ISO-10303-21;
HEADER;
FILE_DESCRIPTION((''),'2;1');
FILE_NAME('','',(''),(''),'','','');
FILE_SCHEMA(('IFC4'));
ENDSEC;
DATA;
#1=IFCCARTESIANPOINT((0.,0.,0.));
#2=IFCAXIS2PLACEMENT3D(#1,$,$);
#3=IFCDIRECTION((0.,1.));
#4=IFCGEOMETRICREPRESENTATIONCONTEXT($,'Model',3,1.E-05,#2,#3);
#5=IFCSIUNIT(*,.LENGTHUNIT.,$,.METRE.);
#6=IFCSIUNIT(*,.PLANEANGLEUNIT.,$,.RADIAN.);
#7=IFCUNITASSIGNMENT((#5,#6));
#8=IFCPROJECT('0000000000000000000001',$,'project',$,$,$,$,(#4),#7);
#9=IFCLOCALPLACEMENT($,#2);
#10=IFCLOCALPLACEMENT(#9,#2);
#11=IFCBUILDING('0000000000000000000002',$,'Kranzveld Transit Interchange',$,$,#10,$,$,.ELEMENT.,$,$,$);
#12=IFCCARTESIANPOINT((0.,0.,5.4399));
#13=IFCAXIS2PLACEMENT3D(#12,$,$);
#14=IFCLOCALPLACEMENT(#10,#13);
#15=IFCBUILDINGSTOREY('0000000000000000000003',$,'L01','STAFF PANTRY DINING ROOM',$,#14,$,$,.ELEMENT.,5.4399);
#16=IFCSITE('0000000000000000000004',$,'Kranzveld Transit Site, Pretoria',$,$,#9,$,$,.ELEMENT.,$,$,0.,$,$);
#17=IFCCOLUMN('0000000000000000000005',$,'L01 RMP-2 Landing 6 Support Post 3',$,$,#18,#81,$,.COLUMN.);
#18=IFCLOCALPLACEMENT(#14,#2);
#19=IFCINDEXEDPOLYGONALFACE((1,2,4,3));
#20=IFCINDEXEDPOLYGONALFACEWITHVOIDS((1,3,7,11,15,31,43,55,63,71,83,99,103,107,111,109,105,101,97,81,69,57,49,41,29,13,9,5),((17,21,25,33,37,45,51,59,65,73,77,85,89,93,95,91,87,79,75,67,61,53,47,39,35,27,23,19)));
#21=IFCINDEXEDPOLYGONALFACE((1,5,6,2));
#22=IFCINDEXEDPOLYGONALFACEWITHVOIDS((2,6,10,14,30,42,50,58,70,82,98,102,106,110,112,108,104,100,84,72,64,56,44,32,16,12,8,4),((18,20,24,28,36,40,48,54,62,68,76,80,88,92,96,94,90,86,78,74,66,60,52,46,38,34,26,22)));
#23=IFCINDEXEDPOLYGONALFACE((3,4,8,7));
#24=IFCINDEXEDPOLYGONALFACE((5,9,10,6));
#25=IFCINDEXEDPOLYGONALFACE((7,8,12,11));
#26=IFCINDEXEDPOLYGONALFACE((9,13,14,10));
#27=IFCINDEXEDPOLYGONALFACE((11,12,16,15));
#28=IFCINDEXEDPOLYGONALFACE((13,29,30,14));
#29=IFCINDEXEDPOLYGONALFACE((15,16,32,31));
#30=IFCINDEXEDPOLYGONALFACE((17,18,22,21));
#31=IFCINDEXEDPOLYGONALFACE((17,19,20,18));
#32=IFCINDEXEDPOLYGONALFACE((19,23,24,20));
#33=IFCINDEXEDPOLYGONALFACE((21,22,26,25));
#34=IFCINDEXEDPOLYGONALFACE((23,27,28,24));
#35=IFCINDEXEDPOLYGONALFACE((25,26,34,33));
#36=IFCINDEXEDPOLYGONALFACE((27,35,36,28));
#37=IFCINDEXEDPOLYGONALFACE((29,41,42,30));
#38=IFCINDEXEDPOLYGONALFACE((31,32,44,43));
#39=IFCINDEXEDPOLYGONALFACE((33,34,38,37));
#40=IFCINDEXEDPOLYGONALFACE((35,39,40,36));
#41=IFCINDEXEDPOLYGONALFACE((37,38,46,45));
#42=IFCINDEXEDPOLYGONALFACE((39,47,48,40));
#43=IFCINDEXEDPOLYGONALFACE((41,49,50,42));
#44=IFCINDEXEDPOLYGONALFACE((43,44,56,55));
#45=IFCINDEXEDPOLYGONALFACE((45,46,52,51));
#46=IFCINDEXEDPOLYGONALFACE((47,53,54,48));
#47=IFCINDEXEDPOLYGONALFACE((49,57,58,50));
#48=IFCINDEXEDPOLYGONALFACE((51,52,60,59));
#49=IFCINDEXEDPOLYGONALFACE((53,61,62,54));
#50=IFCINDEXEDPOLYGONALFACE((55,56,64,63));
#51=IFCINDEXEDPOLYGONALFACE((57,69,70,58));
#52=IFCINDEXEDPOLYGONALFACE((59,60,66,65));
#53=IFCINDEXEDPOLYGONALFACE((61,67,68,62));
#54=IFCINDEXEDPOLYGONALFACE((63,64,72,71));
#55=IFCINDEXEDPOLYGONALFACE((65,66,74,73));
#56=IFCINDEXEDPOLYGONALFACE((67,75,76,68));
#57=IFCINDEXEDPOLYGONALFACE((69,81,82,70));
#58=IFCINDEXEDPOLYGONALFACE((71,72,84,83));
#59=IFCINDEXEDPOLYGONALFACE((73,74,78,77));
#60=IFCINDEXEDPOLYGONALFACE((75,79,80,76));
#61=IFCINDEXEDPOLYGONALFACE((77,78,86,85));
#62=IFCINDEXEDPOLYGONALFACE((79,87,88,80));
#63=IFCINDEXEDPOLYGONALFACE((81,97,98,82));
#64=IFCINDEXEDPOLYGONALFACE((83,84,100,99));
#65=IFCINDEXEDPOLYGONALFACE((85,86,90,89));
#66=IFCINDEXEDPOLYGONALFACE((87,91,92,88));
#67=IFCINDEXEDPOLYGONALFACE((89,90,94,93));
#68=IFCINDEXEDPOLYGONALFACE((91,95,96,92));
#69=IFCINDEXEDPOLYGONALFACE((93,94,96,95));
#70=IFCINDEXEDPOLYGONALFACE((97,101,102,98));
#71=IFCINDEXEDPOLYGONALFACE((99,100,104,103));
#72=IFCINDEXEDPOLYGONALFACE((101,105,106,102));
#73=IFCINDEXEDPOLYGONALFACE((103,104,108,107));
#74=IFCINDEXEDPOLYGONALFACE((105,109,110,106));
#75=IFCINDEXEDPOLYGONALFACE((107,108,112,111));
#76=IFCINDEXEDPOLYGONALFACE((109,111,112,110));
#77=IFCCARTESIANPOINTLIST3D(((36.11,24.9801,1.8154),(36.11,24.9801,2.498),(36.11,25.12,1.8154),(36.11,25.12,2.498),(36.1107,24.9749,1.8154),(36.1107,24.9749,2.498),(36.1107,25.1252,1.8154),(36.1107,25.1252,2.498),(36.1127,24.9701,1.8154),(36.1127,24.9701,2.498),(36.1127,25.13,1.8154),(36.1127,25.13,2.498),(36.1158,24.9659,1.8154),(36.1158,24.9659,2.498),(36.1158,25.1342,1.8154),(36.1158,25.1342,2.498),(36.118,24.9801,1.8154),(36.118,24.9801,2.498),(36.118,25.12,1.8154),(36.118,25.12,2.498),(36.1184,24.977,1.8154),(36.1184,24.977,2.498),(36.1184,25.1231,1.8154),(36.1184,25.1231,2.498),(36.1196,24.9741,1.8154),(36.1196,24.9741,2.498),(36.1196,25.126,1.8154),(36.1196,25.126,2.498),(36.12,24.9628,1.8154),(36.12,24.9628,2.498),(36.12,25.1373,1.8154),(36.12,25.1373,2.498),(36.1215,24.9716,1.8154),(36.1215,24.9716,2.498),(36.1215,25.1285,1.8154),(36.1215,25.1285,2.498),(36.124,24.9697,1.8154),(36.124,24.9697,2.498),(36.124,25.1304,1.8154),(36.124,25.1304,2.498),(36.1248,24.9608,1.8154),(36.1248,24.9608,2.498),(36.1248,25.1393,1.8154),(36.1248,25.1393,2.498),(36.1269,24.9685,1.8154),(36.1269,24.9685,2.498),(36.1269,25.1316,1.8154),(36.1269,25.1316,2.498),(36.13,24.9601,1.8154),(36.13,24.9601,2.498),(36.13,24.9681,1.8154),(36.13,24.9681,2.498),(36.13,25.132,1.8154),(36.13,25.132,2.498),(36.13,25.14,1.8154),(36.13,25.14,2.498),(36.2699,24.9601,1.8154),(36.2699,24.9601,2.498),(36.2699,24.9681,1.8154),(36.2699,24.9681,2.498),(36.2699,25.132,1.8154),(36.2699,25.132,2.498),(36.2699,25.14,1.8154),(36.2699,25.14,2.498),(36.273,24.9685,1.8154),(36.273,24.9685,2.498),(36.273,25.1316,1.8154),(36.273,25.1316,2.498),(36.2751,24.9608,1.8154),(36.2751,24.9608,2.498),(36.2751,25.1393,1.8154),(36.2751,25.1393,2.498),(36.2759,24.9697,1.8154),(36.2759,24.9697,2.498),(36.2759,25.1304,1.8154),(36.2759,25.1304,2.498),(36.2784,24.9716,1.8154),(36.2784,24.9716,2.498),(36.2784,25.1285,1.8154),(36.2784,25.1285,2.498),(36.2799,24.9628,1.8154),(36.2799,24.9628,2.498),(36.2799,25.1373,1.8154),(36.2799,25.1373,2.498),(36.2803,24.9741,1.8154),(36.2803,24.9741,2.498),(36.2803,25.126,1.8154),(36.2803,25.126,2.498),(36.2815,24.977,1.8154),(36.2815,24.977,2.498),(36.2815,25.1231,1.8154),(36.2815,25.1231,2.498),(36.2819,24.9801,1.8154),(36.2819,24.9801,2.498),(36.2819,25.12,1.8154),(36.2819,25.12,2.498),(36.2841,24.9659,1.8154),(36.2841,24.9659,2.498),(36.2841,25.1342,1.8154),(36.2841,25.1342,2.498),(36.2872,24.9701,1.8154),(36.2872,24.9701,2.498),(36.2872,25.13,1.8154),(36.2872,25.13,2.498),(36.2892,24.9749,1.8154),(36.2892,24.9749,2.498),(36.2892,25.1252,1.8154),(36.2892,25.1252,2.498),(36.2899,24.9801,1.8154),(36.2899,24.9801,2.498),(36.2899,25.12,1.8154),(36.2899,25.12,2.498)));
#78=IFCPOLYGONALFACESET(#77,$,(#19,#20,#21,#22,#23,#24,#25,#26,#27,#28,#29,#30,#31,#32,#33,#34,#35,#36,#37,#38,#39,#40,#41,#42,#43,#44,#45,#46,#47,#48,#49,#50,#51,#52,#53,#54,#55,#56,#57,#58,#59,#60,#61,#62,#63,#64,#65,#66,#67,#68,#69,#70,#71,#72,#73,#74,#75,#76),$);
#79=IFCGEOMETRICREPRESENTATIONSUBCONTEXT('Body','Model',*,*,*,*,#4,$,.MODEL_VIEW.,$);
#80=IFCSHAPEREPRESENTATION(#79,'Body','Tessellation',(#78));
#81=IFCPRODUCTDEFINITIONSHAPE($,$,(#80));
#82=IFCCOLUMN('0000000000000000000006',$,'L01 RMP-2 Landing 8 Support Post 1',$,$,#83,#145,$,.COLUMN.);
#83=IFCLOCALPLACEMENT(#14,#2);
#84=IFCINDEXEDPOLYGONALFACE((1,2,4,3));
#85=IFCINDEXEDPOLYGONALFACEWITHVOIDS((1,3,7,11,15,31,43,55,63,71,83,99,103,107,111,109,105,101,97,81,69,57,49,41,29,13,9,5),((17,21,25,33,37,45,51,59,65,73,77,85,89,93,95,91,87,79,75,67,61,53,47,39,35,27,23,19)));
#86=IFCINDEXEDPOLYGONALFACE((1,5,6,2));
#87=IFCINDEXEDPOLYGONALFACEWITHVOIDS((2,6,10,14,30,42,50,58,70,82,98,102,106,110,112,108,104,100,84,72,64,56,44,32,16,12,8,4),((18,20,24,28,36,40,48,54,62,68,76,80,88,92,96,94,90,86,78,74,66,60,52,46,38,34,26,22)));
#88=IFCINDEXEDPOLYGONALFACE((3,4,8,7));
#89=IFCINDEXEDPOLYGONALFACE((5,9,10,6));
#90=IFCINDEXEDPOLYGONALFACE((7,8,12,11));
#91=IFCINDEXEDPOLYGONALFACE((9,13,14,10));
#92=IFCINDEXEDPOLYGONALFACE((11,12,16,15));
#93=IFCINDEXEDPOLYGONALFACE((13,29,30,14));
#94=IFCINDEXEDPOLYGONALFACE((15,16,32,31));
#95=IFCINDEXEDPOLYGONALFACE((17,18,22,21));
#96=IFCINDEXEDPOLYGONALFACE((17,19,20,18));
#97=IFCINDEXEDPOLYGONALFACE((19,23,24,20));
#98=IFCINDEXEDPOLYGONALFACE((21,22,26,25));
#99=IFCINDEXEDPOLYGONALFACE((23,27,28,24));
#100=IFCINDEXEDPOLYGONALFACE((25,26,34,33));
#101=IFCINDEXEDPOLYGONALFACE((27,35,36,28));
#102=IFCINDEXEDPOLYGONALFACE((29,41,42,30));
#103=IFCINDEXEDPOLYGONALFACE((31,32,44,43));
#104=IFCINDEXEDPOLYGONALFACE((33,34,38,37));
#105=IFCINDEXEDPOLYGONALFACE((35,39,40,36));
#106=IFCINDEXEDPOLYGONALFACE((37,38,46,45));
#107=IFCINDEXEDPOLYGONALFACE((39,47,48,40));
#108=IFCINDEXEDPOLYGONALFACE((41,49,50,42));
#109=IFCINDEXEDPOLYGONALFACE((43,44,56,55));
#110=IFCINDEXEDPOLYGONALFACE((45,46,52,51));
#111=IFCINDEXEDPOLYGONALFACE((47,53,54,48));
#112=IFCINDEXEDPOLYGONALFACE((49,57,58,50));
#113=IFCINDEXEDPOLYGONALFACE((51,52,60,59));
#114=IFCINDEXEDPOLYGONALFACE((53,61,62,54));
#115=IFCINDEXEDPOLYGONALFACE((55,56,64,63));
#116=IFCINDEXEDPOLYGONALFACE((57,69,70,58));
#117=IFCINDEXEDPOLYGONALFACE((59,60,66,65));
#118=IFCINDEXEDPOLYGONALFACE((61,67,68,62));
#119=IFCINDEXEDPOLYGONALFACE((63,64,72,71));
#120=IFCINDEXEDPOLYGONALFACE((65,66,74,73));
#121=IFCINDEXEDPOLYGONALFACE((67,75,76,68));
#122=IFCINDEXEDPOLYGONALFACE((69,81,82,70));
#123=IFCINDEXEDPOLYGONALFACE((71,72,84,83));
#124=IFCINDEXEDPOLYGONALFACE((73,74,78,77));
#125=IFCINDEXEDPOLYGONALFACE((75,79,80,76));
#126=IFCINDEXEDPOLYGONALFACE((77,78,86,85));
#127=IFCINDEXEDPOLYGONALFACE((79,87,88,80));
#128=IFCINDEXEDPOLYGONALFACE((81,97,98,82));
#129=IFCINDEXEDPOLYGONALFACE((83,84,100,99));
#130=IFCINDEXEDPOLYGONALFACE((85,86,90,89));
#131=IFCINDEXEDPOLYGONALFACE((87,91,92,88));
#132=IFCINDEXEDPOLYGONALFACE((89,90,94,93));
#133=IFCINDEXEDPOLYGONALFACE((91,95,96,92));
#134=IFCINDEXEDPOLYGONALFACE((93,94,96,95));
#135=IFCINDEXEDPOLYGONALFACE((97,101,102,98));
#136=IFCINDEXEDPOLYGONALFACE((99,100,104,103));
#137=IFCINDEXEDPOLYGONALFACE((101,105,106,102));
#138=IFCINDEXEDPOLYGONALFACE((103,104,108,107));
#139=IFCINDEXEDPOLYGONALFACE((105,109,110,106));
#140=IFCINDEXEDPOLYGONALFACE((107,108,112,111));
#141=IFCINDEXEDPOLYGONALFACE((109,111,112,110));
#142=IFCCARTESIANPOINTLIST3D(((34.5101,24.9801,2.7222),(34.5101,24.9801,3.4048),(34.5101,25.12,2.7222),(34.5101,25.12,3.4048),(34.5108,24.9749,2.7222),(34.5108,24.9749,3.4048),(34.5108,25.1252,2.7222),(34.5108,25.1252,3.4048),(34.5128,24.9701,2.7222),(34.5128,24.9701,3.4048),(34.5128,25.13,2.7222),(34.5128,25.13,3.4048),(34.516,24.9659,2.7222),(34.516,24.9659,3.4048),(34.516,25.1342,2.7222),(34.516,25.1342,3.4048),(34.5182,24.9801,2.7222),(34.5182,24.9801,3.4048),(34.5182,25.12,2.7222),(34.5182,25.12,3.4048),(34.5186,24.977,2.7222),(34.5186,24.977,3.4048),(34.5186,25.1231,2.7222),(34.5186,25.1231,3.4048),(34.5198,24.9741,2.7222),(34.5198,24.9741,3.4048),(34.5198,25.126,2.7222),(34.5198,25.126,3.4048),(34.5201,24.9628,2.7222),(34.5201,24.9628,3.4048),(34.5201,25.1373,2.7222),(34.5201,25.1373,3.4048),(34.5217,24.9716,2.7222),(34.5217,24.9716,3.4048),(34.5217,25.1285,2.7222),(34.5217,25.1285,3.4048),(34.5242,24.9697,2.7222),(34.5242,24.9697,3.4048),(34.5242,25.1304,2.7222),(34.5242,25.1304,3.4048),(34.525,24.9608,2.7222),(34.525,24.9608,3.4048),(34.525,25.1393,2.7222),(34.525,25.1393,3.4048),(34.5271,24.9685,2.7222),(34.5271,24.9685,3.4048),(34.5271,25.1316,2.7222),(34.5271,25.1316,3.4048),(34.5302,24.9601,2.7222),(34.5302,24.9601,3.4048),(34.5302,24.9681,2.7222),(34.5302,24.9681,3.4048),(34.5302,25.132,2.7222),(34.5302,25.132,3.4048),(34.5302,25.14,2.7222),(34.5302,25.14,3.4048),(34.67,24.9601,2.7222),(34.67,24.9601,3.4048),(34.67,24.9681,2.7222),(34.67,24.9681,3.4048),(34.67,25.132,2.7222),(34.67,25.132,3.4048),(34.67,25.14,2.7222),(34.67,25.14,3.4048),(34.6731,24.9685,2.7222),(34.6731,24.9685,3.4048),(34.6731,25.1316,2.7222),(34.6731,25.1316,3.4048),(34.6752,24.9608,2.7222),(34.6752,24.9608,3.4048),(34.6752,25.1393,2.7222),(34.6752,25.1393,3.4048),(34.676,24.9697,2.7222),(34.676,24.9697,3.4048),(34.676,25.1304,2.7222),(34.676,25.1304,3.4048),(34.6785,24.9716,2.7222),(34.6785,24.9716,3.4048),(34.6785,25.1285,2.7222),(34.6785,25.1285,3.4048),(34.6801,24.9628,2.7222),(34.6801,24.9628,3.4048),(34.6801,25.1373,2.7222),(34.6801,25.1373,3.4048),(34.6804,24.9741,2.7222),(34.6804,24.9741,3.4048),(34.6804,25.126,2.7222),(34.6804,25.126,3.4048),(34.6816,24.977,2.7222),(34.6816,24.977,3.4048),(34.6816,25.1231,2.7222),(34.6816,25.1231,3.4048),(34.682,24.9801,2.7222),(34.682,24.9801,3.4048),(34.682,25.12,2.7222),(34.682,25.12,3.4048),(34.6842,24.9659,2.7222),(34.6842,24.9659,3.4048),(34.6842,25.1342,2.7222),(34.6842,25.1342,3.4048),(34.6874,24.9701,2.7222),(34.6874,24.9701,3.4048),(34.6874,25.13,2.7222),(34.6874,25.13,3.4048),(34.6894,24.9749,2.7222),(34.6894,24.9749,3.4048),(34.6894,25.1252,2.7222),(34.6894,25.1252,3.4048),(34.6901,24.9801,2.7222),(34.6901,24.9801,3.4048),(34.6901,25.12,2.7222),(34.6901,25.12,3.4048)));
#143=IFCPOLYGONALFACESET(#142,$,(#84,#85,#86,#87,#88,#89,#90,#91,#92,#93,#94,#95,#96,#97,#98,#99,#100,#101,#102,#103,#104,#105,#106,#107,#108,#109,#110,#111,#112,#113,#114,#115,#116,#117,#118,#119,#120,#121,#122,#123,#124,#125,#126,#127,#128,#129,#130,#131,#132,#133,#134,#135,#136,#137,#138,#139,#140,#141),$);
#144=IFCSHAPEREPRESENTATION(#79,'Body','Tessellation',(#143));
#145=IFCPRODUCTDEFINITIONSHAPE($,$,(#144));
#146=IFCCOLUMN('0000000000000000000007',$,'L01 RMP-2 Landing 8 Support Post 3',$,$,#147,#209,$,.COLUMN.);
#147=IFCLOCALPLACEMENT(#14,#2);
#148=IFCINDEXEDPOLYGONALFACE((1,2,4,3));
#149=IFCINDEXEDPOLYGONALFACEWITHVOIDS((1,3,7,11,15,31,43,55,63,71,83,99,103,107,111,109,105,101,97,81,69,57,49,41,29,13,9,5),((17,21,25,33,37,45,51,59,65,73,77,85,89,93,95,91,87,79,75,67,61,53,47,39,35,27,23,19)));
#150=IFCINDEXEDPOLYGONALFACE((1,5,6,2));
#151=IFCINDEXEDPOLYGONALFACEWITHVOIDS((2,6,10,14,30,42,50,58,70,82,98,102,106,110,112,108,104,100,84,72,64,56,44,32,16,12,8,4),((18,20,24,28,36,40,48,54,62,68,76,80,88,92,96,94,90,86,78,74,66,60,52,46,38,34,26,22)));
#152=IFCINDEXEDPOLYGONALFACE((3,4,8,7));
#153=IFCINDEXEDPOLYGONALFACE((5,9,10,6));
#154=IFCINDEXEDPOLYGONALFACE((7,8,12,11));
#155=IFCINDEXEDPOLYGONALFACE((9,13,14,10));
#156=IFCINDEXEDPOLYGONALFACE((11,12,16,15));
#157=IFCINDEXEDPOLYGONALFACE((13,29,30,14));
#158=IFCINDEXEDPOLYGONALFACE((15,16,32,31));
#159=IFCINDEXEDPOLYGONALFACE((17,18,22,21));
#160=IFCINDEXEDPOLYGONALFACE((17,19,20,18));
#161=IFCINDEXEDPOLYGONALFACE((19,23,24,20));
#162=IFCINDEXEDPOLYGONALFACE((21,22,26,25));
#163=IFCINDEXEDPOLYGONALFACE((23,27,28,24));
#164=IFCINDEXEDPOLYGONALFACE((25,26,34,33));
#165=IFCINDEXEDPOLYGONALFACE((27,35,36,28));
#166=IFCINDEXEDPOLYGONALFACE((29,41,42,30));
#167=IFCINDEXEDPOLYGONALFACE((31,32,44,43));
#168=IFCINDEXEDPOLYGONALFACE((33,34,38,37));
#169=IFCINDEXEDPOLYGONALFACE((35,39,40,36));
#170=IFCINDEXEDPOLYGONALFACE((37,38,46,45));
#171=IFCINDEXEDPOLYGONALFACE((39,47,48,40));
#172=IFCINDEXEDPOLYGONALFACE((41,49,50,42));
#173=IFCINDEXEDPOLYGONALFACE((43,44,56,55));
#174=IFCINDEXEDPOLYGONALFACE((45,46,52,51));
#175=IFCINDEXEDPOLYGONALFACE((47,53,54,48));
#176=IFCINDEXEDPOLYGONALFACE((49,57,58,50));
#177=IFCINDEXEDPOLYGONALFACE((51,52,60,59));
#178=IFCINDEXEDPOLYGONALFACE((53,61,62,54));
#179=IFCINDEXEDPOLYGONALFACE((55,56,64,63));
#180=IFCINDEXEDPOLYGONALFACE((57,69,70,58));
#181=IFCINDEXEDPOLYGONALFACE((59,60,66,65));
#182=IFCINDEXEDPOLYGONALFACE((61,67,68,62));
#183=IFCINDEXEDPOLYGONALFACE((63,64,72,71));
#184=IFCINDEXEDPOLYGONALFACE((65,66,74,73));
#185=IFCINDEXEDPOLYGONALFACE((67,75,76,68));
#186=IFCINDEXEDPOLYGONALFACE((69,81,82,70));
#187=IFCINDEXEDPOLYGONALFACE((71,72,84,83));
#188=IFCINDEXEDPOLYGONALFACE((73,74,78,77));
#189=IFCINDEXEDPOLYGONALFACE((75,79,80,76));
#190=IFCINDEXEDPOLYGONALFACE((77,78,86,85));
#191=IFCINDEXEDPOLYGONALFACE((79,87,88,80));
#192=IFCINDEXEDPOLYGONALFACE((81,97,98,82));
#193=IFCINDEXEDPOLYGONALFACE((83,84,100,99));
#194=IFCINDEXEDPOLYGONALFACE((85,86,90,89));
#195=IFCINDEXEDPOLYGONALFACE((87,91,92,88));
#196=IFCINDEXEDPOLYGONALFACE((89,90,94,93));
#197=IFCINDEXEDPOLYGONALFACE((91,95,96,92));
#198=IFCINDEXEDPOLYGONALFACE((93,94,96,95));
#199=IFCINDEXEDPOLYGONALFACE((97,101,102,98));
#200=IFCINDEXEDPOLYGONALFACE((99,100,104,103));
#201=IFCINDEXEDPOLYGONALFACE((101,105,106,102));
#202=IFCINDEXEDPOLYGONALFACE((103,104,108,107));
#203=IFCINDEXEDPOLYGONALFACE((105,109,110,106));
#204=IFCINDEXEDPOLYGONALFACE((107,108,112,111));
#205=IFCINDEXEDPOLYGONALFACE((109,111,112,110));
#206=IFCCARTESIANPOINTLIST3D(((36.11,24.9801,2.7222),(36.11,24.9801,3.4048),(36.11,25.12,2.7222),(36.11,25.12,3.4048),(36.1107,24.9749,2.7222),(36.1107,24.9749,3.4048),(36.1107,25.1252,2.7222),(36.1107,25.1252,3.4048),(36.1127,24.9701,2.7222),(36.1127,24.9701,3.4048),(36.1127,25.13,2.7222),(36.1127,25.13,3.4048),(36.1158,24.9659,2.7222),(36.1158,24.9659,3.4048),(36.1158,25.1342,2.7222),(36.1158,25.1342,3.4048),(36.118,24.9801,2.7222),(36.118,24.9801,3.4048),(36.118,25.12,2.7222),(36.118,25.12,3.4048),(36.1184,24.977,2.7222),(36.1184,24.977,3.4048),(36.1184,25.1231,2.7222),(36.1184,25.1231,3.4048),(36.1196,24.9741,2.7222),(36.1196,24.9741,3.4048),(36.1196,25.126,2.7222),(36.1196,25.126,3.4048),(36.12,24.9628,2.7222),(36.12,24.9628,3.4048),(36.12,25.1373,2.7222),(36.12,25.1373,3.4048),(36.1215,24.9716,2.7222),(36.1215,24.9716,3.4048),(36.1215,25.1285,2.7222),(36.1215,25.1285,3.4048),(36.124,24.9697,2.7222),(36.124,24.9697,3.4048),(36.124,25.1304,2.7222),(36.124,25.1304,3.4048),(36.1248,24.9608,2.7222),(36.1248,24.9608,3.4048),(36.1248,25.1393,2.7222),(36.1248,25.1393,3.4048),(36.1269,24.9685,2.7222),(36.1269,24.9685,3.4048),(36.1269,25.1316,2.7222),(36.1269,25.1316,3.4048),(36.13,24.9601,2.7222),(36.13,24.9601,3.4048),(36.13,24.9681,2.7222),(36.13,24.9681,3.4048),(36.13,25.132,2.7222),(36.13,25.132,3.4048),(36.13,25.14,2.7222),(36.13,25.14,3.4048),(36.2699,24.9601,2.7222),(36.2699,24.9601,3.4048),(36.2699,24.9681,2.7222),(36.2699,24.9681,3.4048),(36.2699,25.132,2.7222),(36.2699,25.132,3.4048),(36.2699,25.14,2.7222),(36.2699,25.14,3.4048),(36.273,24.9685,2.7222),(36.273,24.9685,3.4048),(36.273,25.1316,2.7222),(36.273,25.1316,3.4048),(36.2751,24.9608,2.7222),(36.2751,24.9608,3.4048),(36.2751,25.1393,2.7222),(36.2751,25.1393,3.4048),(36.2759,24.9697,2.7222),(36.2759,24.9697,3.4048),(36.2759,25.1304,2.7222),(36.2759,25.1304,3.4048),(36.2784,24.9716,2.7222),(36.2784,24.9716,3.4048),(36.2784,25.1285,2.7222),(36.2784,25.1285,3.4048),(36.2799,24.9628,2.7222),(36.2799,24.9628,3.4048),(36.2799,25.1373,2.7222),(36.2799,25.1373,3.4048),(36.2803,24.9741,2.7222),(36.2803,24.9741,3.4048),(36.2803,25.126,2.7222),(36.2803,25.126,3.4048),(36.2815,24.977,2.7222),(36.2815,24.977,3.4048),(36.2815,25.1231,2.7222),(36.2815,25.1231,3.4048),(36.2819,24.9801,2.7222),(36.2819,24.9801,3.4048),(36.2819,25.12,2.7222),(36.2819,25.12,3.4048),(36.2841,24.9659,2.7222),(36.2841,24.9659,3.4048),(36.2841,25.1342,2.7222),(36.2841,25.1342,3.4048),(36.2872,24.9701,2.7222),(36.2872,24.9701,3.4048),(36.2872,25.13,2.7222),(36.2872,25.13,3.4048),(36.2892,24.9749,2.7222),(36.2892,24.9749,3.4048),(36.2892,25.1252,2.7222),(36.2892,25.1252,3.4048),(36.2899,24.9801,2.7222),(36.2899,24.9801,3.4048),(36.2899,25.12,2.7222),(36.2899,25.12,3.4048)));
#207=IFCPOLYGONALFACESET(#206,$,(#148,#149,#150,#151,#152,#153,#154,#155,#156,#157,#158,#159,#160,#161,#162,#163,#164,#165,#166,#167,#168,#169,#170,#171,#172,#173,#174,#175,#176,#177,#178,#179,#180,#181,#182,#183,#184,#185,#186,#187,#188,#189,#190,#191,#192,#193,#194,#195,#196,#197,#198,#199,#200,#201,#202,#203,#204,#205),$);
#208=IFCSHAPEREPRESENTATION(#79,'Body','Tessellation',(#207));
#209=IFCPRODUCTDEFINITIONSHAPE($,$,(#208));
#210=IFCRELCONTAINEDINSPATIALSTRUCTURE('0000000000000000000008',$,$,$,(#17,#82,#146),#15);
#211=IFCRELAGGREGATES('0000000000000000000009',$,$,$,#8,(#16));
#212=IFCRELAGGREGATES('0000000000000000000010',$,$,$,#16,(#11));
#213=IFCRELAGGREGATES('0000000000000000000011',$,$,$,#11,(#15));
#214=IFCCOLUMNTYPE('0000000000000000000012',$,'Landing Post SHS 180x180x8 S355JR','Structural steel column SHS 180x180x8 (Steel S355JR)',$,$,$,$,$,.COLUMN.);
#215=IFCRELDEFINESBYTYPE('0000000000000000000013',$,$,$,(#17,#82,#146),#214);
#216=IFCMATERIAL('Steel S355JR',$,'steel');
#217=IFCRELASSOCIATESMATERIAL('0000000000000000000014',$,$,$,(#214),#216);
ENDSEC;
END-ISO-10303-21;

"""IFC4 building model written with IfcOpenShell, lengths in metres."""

from ifc_helpers import new_model, si_unit, direction, frame, origin, origin_2d, place, context, subcontext, project, spatial, hollow_rectangle, extrude, material, material_profile, profile_set, type_object, element, save


model = new_model("IFC4")

# Units and contexts
model_context = context("Model", 3, precision=1e-05, world=origin(), true_north=direction((0.0, 1.0)))
body_context = subcontext(model_context, "Body", "Model", "MODEL_VIEW")
ifc_project = project(units=[si_unit("LENGTHUNIT", "METRE"), si_unit("PLANEANGLEUNIT", "RADIAN")], contexts=[model_context])

# Site, building, storey
site_placement = place(None, origin())
site = spatial("IfcSite", under=ifc_project, at=site_placement, Name="Kranzveld Transit Site, Pretoria", CompositionType="ELEMENT", RefElevation=0.0)
building_placement = place(site_placement, origin())
building = spatial("IfcBuilding", under=site, at=building_placement, Name="Kranzveld Transit Interchange", CompositionType="ELEMENT")
storey_placement = place(building_placement, frame((0.0, 0.0, 5.4399)))
storey = spatial("IfcBuildingStorey", under=building, at=storey_placement, Name="L01", Description="STAFF PANTRY DINING ROOM", CompositionType="ELEMENT", Elevation=5.4399)

# Columns
ifc_material_1 = material(Name="Steel S355JR", Category="steel")
ifc_material_profile = material_profile(ifc_material_1, hollow_rectangle(XDim=0.1799, YDim=0.1799, WallThickness=0.0081, InnerFilletRadius=0.012, OuterFilletRadius=0.02, at=origin_2d()), Name="SHS 180x180x8")
ifc_profile_set = profile_set([ifc_material_profile], Name="Steel S355JR")
column_type = type_object("IfcColumnType", Name="Landing Post SHS 180x180x8 S355JR", Description="Structural steel column SHS 180x180x8 (Steel S355JR)", PredefinedType="COLUMN", material=ifc_profile_set)
for number, where, z_axis, x_axis, name in (
    (1, (36.2, 25.05, 1.8154), (0.0, 0.0, 1.0), (1.0, 0.0, 0.0), "L01 RMP-2 Landing 6 Support Post 3"),
    (2, (34.6001, 25.05, 2.7222), (0.0, 0.0, 1.0), (1.0, 0.0, 0.0), "L01 RMP-2 Landing 8 Support Post 1"),
    (3, (36.2, 25.05, 2.7222), (0.0, 0.0, 1.0), (1.0, 0.0, 0.0), "L01 RMP-2 Landing 8 Support Post 3"),
):
    element("IfcColumn", number, at=place(storey_placement, frame(where, z_axis=z_axis, x_axis=x_axis)), inside=storey, type_object=column_type, Name=name, PredefinedType="COLUMN", context=body_context, shape_type="SweptSolid", body=[
        extrude(hollow_rectangle(XDim=0.1799, YDim=0.1799, WallThickness=0.0081, InnerFilletRadius=0.012, OuterFilletRadius=0.02, at=origin_2d()), origin(), (0.0, 0.0, 1.0), 0.6826),
    ])

save(model, "model.ifc")
